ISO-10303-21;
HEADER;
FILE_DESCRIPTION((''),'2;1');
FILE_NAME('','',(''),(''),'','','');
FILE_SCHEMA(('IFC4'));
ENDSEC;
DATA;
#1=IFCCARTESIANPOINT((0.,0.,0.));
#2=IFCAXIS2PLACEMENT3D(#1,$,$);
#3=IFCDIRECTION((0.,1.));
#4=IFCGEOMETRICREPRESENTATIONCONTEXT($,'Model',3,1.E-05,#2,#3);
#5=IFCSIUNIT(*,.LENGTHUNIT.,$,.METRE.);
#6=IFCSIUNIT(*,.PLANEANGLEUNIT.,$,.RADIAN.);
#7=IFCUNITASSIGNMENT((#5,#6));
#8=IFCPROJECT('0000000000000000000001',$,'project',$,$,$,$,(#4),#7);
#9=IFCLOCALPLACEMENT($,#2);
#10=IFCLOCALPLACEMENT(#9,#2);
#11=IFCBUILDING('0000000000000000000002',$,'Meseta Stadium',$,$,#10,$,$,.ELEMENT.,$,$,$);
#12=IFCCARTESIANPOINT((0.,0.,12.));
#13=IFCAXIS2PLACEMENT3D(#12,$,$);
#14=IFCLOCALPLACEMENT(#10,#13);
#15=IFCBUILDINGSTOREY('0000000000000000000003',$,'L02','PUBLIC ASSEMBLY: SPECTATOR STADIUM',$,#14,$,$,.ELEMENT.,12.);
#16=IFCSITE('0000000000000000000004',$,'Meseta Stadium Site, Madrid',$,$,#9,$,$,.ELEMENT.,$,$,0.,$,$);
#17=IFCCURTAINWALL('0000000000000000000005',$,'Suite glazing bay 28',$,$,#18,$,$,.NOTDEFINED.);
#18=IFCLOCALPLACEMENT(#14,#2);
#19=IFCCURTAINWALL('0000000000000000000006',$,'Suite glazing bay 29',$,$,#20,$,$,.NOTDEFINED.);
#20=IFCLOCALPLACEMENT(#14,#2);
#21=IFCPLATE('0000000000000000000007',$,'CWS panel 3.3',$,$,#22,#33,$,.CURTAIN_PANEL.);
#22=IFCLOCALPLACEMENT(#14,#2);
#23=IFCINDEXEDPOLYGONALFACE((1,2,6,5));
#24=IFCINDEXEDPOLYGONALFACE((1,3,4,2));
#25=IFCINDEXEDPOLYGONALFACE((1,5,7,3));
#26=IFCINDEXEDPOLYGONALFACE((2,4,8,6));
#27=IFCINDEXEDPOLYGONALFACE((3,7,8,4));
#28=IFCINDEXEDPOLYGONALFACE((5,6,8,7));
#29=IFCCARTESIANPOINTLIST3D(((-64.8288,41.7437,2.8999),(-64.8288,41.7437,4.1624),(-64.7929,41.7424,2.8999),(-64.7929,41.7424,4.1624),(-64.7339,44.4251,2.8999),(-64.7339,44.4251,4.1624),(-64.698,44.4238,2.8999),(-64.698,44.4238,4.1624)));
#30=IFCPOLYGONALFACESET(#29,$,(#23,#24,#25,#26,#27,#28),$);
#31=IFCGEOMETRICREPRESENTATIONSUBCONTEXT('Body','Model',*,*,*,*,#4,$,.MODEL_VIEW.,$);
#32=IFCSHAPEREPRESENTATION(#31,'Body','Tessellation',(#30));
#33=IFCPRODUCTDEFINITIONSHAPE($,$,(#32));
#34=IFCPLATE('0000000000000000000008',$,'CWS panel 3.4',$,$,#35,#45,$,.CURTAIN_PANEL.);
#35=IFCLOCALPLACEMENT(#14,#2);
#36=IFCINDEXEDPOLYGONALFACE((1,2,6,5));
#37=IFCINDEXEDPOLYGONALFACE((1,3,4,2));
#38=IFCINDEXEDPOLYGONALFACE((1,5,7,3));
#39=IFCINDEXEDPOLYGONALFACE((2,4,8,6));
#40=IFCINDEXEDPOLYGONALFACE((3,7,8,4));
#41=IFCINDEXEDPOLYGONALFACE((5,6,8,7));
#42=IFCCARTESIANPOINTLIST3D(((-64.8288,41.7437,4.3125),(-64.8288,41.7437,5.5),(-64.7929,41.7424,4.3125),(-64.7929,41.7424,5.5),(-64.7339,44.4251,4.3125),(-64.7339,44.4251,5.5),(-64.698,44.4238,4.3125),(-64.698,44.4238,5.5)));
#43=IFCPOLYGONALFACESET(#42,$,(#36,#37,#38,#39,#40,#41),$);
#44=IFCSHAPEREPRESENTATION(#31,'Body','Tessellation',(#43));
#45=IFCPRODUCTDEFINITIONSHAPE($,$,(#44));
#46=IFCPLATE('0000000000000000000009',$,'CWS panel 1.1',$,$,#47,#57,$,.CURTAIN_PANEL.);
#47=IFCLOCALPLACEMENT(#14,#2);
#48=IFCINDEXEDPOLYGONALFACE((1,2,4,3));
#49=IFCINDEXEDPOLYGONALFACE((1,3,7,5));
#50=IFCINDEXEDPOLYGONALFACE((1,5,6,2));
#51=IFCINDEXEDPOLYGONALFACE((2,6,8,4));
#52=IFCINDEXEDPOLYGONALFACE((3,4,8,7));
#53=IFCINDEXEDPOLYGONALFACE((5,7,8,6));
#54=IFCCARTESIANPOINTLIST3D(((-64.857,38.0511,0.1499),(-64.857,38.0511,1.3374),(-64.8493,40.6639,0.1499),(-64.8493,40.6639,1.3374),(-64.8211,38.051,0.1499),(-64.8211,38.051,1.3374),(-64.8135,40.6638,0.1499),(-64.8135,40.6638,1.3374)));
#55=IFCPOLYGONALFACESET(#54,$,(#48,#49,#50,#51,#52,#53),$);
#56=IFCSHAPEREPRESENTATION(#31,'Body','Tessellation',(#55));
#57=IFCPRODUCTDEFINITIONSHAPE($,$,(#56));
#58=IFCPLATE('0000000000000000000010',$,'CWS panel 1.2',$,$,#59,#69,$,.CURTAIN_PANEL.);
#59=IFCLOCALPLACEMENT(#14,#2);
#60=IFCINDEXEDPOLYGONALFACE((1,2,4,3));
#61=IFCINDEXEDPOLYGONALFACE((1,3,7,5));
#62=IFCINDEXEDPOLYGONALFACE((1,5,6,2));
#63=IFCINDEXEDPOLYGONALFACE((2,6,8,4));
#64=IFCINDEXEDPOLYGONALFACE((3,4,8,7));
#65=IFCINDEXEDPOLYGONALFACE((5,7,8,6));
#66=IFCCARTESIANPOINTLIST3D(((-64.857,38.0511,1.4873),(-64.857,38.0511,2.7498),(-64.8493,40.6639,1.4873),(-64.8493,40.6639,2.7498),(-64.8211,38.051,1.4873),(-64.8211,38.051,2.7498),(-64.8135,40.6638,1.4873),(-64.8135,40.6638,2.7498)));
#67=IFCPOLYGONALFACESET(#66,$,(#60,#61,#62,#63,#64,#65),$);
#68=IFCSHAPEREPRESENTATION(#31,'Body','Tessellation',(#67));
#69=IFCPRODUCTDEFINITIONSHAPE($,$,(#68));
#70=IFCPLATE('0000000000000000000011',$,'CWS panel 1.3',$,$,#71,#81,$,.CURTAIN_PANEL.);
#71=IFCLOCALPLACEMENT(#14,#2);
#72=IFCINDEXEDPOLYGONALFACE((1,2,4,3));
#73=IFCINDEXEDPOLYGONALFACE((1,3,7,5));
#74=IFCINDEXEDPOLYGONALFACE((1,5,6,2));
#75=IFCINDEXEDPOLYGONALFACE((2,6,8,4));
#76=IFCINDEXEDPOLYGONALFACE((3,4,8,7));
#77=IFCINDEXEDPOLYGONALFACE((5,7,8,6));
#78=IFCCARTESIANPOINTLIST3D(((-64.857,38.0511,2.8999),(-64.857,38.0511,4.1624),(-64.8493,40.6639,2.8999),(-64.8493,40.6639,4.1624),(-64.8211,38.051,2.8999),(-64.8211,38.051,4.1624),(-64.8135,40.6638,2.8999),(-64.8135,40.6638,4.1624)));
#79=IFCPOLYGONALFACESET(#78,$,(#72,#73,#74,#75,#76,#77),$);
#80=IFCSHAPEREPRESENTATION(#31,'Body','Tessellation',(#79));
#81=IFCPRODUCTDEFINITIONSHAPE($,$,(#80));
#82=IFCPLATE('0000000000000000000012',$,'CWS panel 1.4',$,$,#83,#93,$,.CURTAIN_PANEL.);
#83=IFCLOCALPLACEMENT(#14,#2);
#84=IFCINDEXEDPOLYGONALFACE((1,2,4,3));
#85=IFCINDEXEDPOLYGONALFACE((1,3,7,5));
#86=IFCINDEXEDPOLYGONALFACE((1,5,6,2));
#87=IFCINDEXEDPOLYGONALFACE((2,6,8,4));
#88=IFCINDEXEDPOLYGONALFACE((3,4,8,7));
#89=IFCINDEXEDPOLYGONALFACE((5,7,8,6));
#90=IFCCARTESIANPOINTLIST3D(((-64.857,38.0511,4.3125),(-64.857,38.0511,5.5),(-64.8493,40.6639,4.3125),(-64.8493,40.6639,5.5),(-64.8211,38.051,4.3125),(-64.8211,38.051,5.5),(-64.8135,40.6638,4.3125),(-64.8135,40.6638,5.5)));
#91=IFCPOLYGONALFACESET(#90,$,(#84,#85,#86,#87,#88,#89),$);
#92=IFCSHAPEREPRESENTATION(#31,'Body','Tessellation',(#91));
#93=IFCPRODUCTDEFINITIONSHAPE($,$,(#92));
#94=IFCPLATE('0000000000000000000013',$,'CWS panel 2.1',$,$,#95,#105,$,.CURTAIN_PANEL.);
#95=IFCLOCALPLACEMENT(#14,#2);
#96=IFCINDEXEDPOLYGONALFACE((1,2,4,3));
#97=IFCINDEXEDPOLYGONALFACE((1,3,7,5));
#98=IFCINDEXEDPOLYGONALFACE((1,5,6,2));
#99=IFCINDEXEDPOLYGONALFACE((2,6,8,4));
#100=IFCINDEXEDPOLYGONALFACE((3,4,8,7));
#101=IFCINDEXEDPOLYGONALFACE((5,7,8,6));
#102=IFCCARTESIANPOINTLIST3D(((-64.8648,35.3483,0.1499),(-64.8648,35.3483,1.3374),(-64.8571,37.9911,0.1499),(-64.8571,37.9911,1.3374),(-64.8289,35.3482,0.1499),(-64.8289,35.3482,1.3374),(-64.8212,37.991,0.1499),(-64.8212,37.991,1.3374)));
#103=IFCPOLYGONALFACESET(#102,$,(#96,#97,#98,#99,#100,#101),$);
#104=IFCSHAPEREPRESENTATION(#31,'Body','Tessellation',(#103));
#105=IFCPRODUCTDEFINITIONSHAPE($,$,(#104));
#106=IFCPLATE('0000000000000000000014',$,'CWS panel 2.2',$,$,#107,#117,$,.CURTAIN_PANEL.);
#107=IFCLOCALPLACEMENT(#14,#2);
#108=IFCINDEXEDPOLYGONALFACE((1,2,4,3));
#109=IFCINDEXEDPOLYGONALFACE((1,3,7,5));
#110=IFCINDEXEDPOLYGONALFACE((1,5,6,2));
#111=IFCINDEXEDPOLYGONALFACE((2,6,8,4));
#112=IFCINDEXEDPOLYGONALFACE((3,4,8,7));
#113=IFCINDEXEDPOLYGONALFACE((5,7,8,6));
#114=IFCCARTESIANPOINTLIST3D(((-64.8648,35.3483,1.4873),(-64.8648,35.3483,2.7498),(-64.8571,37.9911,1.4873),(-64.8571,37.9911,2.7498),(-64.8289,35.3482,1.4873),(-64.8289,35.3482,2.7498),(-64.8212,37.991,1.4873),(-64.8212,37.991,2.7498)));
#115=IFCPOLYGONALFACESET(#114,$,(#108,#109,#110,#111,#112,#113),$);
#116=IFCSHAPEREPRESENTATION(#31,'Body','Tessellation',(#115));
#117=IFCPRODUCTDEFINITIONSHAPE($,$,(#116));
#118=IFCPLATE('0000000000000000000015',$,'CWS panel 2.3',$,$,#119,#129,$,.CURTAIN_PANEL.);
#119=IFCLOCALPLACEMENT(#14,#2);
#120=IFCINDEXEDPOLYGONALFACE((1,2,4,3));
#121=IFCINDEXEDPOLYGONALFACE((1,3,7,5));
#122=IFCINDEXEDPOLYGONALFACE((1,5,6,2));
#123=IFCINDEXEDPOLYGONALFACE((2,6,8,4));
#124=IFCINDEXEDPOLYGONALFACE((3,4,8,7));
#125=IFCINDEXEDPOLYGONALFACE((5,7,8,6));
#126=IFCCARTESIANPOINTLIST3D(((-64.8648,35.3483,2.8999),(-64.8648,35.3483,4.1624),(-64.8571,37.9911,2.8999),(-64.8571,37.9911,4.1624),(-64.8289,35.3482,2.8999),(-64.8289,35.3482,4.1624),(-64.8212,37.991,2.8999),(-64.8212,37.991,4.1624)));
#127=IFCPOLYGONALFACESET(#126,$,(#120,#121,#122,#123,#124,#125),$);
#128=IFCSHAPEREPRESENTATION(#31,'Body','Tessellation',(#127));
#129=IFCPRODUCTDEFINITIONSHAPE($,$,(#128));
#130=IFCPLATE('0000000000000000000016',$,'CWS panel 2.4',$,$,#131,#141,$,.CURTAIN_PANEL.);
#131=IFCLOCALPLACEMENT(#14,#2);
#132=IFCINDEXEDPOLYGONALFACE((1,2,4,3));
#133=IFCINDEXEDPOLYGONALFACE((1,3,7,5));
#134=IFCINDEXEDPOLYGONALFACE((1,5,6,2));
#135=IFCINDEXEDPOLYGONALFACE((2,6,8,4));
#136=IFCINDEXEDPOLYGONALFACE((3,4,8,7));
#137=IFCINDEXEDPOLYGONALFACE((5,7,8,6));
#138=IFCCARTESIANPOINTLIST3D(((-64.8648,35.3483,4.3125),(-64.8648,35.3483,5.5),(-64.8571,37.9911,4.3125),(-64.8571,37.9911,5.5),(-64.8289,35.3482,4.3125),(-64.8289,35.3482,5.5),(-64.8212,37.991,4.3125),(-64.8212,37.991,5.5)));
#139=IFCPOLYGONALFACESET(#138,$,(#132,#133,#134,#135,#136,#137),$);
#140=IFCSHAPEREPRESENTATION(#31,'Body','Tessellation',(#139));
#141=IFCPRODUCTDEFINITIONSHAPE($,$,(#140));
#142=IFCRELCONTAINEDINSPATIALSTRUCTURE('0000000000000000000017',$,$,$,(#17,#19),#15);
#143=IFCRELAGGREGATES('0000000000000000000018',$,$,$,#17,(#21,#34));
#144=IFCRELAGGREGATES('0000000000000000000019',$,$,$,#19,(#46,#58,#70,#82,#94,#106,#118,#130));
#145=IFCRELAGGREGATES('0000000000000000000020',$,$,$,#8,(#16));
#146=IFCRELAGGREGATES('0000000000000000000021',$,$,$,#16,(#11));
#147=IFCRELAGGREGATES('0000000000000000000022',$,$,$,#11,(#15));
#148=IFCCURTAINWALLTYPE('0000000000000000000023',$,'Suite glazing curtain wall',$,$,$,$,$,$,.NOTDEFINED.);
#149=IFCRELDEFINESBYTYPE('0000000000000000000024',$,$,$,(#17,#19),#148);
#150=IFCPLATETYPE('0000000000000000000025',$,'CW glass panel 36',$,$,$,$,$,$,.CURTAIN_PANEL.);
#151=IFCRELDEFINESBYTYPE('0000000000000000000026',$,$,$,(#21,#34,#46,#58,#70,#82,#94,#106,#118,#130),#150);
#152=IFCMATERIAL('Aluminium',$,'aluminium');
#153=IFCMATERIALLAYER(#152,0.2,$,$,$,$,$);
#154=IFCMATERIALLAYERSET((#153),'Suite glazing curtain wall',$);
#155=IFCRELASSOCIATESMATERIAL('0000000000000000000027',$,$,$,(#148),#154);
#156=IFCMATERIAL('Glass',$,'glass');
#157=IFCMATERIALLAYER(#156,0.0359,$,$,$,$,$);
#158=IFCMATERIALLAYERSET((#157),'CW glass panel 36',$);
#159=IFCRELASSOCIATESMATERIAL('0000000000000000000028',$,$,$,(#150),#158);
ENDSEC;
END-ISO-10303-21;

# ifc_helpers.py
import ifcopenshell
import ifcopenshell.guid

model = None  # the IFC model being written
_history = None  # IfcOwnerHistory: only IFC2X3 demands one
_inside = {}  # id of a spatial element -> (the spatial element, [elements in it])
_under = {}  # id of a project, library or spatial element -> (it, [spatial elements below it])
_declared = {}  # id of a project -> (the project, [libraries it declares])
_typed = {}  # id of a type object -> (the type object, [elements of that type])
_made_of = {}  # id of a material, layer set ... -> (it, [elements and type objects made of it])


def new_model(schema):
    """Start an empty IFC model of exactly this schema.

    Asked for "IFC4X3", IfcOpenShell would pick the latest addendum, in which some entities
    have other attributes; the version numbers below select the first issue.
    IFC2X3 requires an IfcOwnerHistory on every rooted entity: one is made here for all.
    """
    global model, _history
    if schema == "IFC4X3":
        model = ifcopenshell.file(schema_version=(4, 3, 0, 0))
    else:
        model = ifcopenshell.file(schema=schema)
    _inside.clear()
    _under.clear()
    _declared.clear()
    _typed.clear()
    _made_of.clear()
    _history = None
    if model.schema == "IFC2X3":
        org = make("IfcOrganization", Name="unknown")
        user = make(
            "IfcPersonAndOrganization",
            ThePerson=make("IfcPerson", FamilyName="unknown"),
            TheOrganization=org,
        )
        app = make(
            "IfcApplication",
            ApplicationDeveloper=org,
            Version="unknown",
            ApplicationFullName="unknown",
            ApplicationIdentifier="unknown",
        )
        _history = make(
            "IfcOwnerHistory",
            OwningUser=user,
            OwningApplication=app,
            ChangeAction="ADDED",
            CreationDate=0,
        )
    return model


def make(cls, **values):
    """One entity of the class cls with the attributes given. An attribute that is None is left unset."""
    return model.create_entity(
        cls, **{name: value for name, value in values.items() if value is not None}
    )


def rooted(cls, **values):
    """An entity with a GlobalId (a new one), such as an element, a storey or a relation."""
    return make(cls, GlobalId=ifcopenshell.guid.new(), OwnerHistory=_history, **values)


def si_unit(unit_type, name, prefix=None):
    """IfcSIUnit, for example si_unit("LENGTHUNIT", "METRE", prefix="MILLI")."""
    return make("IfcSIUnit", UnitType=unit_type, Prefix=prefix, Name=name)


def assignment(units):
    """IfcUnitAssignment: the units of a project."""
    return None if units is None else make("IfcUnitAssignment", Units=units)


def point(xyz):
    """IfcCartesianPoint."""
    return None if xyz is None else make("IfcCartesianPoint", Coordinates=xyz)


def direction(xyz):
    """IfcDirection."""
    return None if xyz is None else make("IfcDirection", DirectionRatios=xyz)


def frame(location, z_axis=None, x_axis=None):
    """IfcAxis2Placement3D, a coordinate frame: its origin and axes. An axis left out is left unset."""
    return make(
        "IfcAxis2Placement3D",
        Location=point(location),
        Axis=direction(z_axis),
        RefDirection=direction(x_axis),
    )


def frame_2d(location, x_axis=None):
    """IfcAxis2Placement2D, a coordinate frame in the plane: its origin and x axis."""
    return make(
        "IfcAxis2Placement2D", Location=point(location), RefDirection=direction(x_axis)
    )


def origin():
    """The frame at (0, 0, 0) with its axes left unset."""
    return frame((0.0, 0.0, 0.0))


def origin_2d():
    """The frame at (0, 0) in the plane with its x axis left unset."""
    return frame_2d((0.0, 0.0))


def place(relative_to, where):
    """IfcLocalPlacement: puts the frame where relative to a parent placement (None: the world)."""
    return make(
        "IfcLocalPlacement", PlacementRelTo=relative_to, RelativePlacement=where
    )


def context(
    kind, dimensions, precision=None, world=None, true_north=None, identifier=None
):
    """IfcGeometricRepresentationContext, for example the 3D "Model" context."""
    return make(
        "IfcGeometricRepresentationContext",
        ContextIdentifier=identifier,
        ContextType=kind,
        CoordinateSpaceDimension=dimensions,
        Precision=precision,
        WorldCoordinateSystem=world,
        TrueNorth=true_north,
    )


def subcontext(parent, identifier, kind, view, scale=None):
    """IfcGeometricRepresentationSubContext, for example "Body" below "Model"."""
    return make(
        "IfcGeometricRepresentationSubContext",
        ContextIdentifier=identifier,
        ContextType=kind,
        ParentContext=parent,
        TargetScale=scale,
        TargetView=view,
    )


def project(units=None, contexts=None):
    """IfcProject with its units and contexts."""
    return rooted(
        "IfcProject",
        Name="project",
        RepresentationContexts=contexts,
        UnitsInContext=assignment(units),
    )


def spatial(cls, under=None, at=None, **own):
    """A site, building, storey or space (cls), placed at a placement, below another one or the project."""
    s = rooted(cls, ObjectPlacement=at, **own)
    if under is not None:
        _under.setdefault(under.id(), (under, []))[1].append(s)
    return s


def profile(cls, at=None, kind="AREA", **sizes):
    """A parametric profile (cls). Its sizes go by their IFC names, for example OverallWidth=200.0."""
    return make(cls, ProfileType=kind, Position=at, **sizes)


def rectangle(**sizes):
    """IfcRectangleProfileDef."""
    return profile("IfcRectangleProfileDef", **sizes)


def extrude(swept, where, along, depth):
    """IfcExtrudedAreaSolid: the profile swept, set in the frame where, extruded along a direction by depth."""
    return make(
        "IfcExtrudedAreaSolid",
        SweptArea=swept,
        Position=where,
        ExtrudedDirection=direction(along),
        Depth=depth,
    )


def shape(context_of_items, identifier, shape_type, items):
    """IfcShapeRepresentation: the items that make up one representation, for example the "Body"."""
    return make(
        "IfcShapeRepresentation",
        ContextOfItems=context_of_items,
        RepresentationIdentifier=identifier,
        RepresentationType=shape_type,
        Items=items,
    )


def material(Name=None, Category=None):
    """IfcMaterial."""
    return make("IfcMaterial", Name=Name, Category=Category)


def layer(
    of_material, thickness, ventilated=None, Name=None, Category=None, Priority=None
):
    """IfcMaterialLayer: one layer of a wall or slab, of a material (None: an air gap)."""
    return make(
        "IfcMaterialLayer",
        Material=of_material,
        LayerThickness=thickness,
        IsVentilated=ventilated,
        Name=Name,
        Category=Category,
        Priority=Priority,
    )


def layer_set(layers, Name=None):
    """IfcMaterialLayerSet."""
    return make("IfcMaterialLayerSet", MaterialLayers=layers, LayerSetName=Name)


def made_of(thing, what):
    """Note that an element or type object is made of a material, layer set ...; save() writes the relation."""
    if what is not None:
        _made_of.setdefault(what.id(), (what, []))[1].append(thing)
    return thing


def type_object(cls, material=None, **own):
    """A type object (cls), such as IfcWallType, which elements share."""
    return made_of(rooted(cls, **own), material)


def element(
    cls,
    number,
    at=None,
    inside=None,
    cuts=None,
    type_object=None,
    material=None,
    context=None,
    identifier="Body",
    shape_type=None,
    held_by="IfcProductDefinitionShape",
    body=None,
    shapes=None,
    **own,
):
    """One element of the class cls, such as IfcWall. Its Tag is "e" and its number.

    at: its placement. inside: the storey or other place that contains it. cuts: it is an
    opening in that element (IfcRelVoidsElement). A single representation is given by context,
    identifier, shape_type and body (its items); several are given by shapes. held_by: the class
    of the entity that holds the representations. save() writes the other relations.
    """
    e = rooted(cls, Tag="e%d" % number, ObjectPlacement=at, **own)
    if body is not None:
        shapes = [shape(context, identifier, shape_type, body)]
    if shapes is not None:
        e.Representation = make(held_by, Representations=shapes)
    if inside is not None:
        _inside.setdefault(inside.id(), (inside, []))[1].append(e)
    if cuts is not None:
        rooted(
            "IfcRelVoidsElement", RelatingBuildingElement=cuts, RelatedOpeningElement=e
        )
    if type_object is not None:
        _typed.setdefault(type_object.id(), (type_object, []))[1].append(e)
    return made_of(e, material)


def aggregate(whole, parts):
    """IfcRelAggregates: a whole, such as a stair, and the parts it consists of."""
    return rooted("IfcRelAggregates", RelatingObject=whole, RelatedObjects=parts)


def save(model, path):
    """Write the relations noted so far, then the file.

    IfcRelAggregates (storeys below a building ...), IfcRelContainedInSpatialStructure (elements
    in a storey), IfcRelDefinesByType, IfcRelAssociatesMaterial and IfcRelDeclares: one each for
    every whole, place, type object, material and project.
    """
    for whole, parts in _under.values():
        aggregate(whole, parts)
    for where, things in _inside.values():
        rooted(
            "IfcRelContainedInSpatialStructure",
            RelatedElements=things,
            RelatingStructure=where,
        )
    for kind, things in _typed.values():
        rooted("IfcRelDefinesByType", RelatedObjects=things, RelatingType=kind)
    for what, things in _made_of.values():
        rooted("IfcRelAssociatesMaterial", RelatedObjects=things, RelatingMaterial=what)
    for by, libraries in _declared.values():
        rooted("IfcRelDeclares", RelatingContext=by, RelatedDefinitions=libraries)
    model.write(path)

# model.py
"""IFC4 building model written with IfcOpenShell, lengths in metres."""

from ifc_helpers import new_model, si_unit, direction, frame, origin, origin_2d, place, context, subcontext, project, spatial, rectangle, extrude, material, layer, layer_set, type_object, element, aggregate, save


model = new_model("IFC4")

# Units and contexts
model_context = context("Model", 3, precision=1e-05, world=origin(), true_north=direction((0.0, 1.0)))
body_context = subcontext(model_context, "Body", "Model", "MODEL_VIEW")
ifc_project = project(units=[si_unit("LENGTHUNIT", "METRE"), si_unit("PLANEANGLEUNIT", "RADIAN")], contexts=[model_context])

# Site, building, storey
site_placement = place(None, origin())
site = spatial("IfcSite", under=ifc_project, at=site_placement, Name="Meseta Stadium Site, Madrid", CompositionType="ELEMENT", RefElevation=0.0)
building_placement = place(site_placement, origin())
building = spatial("IfcBuilding", under=site, at=building_placement, Name="Meseta Stadium", CompositionType="ELEMENT")
storey_placement = place(building_placement, frame((0.0, 0.0, 12.0)))
storey = spatial("IfcBuildingStorey", under=building, at=storey_placement, Name="L02", Description="PUBLIC ASSEMBLY: SPECTATOR STADIUM", CompositionType="ELEMENT", Elevation=12.0)

# Curtain wall
ifc_material_1 = material(Name="Aluminium", Category="aluminium")
ifc_layer_1 = layer(ifc_material_1, 0.2)
ifc_layer_set_1 = layer_set([ifc_layer_1], Name="Suite glazing curtain wall")
curtain_wall_type = type_object("IfcCurtainWallType", Name="Suite glazing curtain wall", PredefinedType="NOTDEFINED", material=ifc_layer_set_1)
curtain_wall_1_placement = place(storey_placement, origin())
curtain_wall_1 = element("IfcCurtainWall", 1, at=curtain_wall_1_placement, inside=storey, type_object=curtain_wall_type, Name="Suite glazing bay 28", PredefinedType="NOTDEFINED")

# Curtain wall
curtain_wall_2_placement = place(storey_placement, origin())
curtain_wall_2 = element("IfcCurtainWall", 2, at=curtain_wall_2_placement, inside=storey, type_object=curtain_wall_type, Name="Suite glazing bay 29", PredefinedType="NOTDEFINED")

# Plates
ifc_material_2 = material(Name="Glass", Category="glass")
ifc_layer_2 = layer(ifc_material_2, 0.0359)
ifc_layer_set_2 = layer_set([ifc_layer_2], Name="CW glass panel 36")
plate_type = type_object("IfcPlateType", Name="CW glass panel 36", PredefinedType="CURTAIN_PANEL", material=ifc_layer_set_2)
plate_1_placement = place(storey_placement, frame((-64.7634, 43.0837, 2.8999), z_axis=(0.0, 0.0, 1.0), x_axis=(-0.035371, -0.999374, 0.0)))
plate_1 = element("IfcPlate", 3, at=plate_1_placement, type_object=plate_type, Name="CWS panel 3.3", PredefinedType="CURTAIN_PANEL", context=body_context, shape_type="SweptSolid", body=[
    extrude(rectangle(XDim=2.6831, YDim=0.0359, at=origin_2d()), origin(), (0.0, 0.0, 1.0), 1.2625),
])
plate_2_placement = place(storey_placement, frame((-64.7634, 43.0837, 4.3125), z_axis=(0.0, 0.0, 1.0), x_axis=(-0.035371, -0.999374, 0.0)))
plate_2 = element("IfcPlate", 4, at=plate_2_placement, type_object=plate_type, Name="CWS panel 3.4", PredefinedType="CURTAIN_PANEL", context=body_context, shape_type="SweptSolid", body=[
    extrude(rectangle(XDim=2.6831, YDim=0.0359, at=origin_2d()), origin(), (0.0, 0.0, 1.0), 1.1875),
])
aggregate(curtain_wall_1, [plate_1, plate_2])
plate_3_placement = place(storey_placement, frame((-64.8352, 39.3574, 0.1499), z_axis=(0.0, 0.0, 1.0), x_axis=(-0.00291, -0.999996, 0.0)))
plate_3 = element("IfcPlate", 5, at=plate_3_placement, type_object=plate_type, Name="CWS panel 1.1", PredefinedType="CURTAIN_PANEL", context=body_context, shape_type="SweptSolid", body=[
    extrude(rectangle(XDim=2.6128, YDim=0.0359, at=origin_2d()), origin(), (0.0, 0.0, 1.0), 1.1875),
])
plate_4_placement = place(storey_placement, frame((-64.8352, 39.3574, 1.4873), z_axis=(0.0, 0.0, 1.0), x_axis=(-0.00291, -0.999996, 0.0)))
plate_4 = element("IfcPlate", 6, at=plate_4_placement, type_object=plate_type, Name="CWS panel 1.2", PredefinedType="CURTAIN_PANEL", context=body_context, shape_type="SweptSolid", body=[
    extrude(rectangle(XDim=2.6128, YDim=0.0359, at=origin_2d()), origin(), (0.0, 0.0, 1.0), 1.2625),
])
plate_5_placement = place(storey_placement, frame((-64.8352, 39.3574, 2.8999), z_axis=(0.0, 0.0, 1.0), x_axis=(-0.00291, -0.999996, 0.0)))
plate_5 = element("IfcPlate", 7, at=plate_5_placement, type_object=plate_type, Name="CWS panel 1.3", PredefinedType="CURTAIN_PANEL", context=body_context, shape_type="SweptSolid", body=[
    extrude(rectangle(XDim=2.6128, YDim=0.0359, at=origin_2d()), origin(), (0.0, 0.0, 1.0), 1.2625),
])
plate_6_placement = place(storey_placement, frame((-64.8352, 39.3574, 4.3125), z_axis=(0.0, 0.0, 1.0), x_axis=(-0.00291, -0.999996, 0.0)))
plate_6 = element("IfcPlate", 8, at=plate_6_placement, type_object=plate_type, Name="CWS panel 1.4", PredefinedType="CURTAIN_PANEL", context=body_context, shape_type="SweptSolid", body=[
    extrude(rectangle(XDim=2.6128, YDim=0.0359, at=origin_2d()), origin(), (0.0, 0.0, 1.0), 1.1875),
])
plate_7_placement = place(storey_placement, frame((-64.843, 36.6697, 0.1499), z_axis=(0.0, 0.0, 1.0), x_axis=(-0.00291, -0.999996, 0.0)))
plate_7 = element("IfcPlate", 9, at=plate_7_placement, type_object=plate_type, Name="CWS panel 2.1", PredefinedType="CURTAIN_PANEL", context=body_context, shape_type="SweptSolid", body=[
    extrude(rectangle(XDim=2.6428, YDim=0.0359, at=origin_2d()), origin(), (0.0, 0.0, 1.0), 1.1875),
])
plate_8_placement = place(storey_placement, frame((-64.843, 36.6697, 1.4873), z_axis=(0.0, 0.0, 1.0), x_axis=(-0.00291, -0.999996, 0.0)))
plate_8 = element("IfcPlate", 10, at=plate_8_placement, type_object=plate_type, Name="CWS panel 2.2", PredefinedType="CURTAIN_PANEL", context=body_context, shape_type="SweptSolid", body=[
    extrude(rectangle(XDim=2.6428, YDim=0.0359, at=origin_2d()), origin(), (0.0, 0.0, 1.0), 1.2625),
])
plate_9_placement = place(storey_placement, frame((-64.843, 36.6697, 2.8999), z_axis=(0.0, 0.0, 1.0), x_axis=(-0.00291, -0.999996, 0.0)))
plate_9 = element("IfcPlate", 11, at=plate_9_placement, type_object=plate_type, Name="CWS panel 2.3", PredefinedType="CURTAIN_PANEL", context=body_context, shape_type="SweptSolid", body=[
    extrude(rectangle(XDim=2.6428, YDim=0.0359, at=origin_2d()), origin(), (0.0, 0.0, 1.0), 1.2625),
])
plate_10_placement = place(storey_placement, frame((-64.843, 36.6697, 4.3125), z_axis=(0.0, 0.0, 1.0), x_axis=(-0.00291, -0.999996, 0.0)))
plate_10 = element("IfcPlate", 12, at=plate_10_placement, type_object=plate_type, Name="CWS panel 2.4", PredefinedType="CURTAIN_PANEL", context=body_context, shape_type="SweptSolid", body=[
    extrude(rectangle(XDim=2.6428, YDim=0.0359, at=origin_2d()), origin(), (0.0, 0.0, 1.0), 1.1875),
])
aggregate(curtain_wall_2, [plate_3, plate_4, plate_5, plate_6, plate_7, plate_8, plate_9, plate_10])

save(model, "model.ifc")
